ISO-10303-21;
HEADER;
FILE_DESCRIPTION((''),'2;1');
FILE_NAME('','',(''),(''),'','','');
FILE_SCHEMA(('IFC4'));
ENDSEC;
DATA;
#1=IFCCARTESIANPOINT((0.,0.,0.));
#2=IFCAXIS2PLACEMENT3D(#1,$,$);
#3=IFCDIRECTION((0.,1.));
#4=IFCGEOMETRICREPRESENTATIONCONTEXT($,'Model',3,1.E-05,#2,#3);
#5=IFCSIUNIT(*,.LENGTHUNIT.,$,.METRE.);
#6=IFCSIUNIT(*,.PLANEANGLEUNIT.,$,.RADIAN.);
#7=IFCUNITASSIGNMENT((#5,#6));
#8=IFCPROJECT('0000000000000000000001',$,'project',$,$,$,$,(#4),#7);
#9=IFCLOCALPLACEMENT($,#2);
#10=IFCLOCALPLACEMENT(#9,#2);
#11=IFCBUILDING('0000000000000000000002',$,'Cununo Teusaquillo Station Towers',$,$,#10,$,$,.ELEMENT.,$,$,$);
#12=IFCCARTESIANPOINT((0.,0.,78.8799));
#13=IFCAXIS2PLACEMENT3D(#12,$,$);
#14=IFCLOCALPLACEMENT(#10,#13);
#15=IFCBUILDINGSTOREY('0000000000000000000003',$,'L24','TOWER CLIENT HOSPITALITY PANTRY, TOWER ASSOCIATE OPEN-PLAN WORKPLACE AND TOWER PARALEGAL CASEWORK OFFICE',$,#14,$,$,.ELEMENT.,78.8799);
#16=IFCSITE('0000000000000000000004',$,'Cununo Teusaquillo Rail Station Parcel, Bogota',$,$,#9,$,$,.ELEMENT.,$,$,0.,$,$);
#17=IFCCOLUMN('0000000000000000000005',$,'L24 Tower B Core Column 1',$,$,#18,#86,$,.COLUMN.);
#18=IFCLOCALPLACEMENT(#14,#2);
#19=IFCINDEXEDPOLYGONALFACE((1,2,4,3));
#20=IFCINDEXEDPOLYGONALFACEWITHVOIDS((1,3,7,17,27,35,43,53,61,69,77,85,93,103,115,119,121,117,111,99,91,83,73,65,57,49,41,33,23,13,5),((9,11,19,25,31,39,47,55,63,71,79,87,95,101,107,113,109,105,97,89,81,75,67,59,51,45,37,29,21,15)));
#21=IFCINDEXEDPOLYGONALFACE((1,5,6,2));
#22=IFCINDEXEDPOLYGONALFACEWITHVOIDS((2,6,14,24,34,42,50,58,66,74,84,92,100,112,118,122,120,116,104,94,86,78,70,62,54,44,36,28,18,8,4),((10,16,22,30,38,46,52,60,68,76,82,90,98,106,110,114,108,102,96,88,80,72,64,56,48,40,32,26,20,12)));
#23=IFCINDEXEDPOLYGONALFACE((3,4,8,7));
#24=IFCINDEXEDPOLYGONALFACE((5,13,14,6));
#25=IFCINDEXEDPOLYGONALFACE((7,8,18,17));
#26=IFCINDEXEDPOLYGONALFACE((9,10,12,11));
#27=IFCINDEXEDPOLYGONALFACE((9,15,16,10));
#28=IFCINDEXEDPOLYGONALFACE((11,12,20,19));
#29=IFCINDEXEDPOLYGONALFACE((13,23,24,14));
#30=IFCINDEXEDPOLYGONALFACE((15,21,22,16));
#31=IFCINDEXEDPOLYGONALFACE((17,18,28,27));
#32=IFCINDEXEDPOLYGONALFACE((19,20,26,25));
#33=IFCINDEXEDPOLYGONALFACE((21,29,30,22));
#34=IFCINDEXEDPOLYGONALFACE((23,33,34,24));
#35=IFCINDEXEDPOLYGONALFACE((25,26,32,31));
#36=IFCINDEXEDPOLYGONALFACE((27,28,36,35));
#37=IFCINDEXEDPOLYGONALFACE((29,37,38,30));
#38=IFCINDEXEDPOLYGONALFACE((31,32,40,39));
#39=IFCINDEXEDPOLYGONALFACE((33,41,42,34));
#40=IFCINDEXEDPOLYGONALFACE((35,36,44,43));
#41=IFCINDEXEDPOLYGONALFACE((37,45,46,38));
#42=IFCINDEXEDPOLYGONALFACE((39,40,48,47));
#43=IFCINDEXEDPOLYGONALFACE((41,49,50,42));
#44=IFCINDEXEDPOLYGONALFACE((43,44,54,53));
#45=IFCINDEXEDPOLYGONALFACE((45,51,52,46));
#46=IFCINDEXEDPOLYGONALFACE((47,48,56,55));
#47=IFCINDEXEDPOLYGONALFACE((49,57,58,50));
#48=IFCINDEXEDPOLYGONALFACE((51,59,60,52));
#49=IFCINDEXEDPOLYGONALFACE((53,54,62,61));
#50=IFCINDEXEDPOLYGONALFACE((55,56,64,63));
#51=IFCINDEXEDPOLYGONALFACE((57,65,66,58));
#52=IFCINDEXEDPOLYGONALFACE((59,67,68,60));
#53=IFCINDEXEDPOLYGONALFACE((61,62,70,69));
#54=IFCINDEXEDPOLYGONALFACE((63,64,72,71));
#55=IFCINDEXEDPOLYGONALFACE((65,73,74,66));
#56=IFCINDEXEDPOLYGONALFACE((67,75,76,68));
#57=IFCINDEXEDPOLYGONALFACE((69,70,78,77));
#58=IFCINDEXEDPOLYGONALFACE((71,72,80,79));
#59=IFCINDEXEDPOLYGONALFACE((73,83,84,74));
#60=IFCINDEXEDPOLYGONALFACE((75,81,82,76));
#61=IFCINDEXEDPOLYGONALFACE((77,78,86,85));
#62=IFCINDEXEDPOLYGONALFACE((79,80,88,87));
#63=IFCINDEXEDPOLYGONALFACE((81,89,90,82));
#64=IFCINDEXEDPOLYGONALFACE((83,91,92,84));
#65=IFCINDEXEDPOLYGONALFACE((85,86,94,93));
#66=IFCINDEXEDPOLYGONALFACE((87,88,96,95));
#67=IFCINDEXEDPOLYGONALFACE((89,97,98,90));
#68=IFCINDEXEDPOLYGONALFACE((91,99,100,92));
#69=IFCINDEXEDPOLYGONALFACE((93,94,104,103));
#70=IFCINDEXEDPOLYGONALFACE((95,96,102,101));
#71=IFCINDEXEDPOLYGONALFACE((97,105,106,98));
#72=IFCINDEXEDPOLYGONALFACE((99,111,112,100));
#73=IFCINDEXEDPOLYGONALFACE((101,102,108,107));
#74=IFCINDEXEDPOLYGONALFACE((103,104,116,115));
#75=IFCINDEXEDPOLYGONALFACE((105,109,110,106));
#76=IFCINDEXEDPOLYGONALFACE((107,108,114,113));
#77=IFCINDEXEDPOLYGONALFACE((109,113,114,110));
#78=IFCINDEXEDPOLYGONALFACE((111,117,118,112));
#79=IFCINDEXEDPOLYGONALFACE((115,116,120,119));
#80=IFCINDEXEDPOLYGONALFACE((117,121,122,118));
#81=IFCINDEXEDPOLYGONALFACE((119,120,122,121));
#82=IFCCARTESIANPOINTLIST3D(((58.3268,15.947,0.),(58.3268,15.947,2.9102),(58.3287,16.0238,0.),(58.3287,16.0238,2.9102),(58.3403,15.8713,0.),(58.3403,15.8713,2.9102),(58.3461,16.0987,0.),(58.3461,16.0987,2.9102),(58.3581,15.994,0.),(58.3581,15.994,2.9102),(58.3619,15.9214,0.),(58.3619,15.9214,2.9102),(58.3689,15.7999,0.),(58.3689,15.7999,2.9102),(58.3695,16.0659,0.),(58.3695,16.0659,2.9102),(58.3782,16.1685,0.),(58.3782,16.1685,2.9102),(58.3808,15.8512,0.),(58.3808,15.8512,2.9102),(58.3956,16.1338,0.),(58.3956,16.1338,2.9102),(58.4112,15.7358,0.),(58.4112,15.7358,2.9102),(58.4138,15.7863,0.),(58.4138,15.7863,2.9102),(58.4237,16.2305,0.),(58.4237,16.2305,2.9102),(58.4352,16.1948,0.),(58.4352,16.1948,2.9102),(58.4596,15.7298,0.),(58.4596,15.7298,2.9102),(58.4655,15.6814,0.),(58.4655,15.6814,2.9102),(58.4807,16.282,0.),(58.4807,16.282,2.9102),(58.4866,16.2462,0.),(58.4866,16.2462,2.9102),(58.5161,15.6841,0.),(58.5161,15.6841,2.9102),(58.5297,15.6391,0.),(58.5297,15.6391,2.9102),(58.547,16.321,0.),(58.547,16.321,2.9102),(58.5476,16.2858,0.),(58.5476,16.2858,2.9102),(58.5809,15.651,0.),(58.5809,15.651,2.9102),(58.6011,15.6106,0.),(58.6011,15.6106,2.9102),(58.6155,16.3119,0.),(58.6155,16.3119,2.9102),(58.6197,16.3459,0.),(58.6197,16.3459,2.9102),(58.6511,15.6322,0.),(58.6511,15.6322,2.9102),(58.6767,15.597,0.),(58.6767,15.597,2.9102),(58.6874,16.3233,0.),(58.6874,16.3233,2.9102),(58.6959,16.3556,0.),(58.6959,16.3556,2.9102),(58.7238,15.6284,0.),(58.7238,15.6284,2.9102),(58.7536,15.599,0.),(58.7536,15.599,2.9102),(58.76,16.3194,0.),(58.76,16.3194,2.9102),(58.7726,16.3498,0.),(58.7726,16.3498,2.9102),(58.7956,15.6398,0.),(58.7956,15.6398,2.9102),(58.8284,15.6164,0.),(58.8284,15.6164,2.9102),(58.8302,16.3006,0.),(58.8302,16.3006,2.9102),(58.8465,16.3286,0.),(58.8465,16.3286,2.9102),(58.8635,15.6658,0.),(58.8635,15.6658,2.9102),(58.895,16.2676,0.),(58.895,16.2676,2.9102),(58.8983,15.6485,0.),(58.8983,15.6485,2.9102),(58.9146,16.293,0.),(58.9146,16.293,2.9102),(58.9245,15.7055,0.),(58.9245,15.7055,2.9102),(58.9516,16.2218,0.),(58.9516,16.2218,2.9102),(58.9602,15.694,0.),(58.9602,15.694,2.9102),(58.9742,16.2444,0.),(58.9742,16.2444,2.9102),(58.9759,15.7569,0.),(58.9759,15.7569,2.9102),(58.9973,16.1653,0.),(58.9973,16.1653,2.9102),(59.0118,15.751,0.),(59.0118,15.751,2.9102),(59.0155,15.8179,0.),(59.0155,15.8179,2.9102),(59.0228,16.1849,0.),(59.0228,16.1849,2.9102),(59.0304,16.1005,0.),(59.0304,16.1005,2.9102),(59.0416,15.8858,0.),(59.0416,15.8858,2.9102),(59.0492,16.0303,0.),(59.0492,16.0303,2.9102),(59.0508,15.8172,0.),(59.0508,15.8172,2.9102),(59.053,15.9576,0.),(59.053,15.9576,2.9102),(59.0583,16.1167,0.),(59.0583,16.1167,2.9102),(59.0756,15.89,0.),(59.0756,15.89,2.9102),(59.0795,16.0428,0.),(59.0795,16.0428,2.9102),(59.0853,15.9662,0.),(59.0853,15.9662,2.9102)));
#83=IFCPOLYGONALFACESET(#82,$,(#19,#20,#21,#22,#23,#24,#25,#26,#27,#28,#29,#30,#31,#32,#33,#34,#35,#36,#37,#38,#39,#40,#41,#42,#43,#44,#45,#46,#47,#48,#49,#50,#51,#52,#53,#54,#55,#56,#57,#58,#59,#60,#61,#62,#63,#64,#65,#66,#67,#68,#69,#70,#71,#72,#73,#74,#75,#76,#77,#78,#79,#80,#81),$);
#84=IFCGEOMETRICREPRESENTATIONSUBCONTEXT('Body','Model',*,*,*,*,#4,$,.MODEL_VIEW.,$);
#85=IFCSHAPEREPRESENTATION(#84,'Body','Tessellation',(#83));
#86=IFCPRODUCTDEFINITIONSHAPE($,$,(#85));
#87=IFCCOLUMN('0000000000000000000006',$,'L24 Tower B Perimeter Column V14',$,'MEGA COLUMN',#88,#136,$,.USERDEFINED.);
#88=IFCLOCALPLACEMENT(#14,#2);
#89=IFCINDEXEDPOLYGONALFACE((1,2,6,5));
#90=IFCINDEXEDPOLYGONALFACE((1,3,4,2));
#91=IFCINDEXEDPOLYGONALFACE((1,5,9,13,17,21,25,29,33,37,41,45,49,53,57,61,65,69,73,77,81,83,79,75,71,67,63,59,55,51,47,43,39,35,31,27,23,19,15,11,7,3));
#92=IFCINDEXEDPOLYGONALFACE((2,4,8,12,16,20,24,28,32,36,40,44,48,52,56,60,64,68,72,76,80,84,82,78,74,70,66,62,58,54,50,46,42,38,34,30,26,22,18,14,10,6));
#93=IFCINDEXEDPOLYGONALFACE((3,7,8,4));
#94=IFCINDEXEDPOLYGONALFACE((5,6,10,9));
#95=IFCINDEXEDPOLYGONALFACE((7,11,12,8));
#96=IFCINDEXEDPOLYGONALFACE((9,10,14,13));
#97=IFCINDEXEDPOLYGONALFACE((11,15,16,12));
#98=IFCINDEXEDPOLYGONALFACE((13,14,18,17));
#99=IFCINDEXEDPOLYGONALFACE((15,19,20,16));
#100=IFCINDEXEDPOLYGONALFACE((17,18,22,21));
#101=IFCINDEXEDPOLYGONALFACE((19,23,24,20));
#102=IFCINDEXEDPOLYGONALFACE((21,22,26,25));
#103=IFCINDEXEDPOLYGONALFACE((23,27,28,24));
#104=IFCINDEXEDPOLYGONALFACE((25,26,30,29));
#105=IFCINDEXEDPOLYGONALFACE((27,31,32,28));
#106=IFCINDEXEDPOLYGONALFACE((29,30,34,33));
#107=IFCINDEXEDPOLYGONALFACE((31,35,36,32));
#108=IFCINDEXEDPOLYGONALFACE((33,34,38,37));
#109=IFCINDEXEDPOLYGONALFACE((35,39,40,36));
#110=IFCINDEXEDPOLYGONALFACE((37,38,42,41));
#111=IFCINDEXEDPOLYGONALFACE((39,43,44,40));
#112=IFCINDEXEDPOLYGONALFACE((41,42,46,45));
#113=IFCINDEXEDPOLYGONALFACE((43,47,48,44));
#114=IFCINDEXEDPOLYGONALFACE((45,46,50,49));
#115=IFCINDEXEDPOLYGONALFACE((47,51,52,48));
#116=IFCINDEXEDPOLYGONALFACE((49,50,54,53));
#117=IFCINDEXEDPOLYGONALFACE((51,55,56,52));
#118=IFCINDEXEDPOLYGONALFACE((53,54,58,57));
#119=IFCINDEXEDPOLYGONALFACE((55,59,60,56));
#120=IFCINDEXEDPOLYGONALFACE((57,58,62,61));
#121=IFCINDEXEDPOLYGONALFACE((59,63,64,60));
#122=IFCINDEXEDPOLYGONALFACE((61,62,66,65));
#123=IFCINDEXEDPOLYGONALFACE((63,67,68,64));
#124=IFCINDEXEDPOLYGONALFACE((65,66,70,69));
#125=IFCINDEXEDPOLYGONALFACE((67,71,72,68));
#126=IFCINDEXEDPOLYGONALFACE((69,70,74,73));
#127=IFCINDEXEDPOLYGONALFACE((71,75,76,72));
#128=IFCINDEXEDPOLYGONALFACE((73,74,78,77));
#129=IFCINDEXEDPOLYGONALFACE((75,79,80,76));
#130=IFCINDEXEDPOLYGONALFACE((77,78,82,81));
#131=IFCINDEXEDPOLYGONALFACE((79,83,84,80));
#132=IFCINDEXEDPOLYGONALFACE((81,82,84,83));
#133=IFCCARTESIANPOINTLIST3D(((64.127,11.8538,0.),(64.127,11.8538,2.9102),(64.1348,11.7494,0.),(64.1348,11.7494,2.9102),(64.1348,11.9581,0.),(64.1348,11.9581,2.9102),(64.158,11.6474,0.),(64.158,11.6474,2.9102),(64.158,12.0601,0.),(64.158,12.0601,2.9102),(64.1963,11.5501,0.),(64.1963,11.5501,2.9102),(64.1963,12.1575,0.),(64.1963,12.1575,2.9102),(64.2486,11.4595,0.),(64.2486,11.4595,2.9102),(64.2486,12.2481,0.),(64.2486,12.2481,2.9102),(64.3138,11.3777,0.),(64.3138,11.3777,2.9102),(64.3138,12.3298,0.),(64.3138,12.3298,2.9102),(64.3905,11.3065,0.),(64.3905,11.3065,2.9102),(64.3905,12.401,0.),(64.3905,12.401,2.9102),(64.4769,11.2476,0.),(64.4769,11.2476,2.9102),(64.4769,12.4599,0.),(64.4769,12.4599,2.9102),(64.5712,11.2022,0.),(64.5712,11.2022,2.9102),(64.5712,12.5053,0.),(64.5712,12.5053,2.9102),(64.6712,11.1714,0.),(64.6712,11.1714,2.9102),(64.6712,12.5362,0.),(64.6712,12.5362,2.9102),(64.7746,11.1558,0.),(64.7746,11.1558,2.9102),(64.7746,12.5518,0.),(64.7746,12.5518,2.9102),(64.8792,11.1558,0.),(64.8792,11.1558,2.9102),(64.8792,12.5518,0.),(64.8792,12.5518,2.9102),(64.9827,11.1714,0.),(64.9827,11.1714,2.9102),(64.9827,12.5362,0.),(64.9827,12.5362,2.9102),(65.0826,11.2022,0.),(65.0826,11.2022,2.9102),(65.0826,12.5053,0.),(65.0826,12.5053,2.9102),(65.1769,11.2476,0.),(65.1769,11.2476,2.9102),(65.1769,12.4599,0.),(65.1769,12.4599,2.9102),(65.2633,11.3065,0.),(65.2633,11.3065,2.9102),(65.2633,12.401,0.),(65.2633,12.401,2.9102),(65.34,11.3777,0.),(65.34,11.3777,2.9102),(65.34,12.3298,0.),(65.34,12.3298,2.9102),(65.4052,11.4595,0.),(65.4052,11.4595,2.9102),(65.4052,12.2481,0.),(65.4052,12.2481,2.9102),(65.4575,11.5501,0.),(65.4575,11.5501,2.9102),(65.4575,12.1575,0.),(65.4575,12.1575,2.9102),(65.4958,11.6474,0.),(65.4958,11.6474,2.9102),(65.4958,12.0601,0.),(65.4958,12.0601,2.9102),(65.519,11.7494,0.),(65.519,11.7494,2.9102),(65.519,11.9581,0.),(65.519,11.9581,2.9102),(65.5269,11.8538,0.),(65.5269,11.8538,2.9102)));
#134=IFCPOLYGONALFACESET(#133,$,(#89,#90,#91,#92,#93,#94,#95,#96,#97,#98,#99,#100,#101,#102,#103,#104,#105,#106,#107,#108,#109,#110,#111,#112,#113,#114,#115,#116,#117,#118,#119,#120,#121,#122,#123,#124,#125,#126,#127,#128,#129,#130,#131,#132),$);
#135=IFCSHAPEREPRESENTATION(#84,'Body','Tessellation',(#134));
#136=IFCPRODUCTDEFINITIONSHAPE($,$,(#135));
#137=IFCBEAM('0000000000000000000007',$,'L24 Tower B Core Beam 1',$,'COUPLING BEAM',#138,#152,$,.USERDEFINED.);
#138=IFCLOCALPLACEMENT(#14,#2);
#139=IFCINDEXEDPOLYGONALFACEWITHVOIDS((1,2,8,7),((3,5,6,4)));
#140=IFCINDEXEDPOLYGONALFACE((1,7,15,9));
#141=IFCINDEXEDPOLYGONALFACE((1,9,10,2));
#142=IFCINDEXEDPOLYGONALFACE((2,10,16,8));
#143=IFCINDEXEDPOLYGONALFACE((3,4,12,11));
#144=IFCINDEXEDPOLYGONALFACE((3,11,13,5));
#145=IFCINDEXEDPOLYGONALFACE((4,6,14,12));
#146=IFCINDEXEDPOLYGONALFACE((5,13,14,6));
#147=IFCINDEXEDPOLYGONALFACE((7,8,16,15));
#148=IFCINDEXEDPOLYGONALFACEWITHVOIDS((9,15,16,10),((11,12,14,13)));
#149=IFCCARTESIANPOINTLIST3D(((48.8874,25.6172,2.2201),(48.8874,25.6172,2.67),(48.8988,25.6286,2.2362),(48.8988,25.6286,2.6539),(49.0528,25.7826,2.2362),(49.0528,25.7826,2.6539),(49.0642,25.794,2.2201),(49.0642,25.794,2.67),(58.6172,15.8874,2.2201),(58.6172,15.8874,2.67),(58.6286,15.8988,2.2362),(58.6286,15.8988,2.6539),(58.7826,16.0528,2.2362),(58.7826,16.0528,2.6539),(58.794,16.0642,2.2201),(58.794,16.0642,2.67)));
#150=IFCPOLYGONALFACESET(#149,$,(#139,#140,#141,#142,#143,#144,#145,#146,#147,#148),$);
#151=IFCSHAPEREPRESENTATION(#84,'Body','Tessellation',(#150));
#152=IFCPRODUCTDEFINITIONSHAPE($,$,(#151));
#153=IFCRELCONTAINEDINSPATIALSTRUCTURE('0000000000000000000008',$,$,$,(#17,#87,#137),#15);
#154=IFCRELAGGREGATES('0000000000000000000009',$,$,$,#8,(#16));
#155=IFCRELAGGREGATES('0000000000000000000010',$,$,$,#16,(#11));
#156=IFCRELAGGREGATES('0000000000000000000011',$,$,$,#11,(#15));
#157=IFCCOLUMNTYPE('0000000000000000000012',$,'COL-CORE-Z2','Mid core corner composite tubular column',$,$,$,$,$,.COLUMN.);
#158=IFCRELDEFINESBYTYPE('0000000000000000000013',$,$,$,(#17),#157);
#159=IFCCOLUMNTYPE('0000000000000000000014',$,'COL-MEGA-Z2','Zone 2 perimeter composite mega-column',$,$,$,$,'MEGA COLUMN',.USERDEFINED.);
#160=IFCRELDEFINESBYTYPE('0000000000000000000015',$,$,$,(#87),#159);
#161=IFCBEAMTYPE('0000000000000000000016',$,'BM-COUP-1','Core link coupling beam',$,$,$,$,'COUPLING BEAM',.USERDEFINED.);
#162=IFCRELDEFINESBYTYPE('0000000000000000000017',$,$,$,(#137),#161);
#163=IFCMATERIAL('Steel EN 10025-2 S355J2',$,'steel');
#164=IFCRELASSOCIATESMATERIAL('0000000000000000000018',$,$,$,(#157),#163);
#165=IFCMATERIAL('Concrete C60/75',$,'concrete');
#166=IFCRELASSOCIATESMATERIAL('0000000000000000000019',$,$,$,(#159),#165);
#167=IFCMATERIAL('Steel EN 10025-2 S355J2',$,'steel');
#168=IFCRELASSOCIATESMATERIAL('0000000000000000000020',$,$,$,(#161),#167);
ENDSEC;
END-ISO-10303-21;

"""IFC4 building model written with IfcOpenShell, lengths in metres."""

from ifc_helpers import new_model, si_unit, direction, frame, origin, origin_2d, place, context, subcontext, project, spatial, hollow_rectangle, circle, hollow_circle, extrude, material, material_profile, profile_set, type_object, element, save


model = new_model("IFC4")

# Units and contexts
model_context = context("Model", 3, precision=1e-05, world=origin(), true_north=direction((0.0, 1.0)))
body_context = subcontext(model_context, "Body", "Model", "MODEL_VIEW")
ifc_project = project(units=[si_unit("LENGTHUNIT", "METRE"), si_unit("PLANEANGLEUNIT", "RADIAN")], contexts=[model_context])

# Site, building, storey
site_placement = place(None, origin())
site = spatial("IfcSite", under=ifc_project, at=site_placement, Name="Cununo Teusaquillo Rail Station Parcel, Bogota", CompositionType="ELEMENT", RefElevation=0.0)
building_placement = place(site_placement, origin())
building = spatial("IfcBuilding", under=site, at=building_placement, Name="Cununo Teusaquillo Station Towers", CompositionType="ELEMENT")
storey_placement = place(building_placement, frame((0.0, 0.0, 78.8799)))
storey = spatial("IfcBuildingStorey", under=building, at=storey_placement, Name="L24", Description="TOWER CLIENT HOSPITALITY PANTRY, TOWER ASSOCIATE OPEN-PLAN WORKPLACE AND TOWER PARALEGAL CASEWORK OFFICE", CompositionType="ELEMENT", Elevation=78.8799)

# Columns
ifc_material_1 = material(Name="Steel EN 10025-2 S355J2", Category="steel")
ifc_material_profile_1 = material_profile(ifc_material_1, hollow_circle(Radius=0.3799, WallThickness=0.032, at=origin_2d()), Name="CHS 760x32")
ifc_profile_set_1 = profile_set([ifc_material_profile_1], Name="Steel EN 10025-2 S355J2")
column_type_1 = type_object("IfcColumnType", Name="COL-CORE-Z2", Description="Mid core corner composite tubular column", PredefinedType="COLUMN", material=ifc_profile_set_1)
column_1_placement = place(storey_placement, frame((58.7056, 15.9758, 0.0), z_axis=(0.0, 0.0, 1.0), x_axis=(0.707107, 0.707107, 0.0)))
element("IfcColumn", 1, at=column_1_placement, inside=storey, type_object=column_type_1, Name="L24 Tower B Core Column 1", PredefinedType="COLUMN", context=body_context, shape_type="SweptSolid", body=[
    extrude(hollow_circle(Radius=0.3799, WallThickness=0.032, at=origin_2d()), origin(), (0.0, 0.0, 1.0), 2.9102),
])
ifc_material_2 = material(Name="Concrete C60/75", Category="concrete")
ifc_material_profile_2 = material_profile(ifc_material_2, circle(Radius=0.7, at=origin_2d()), Name="RC-CIRC-1400")
ifc_profile_set_2 = profile_set([ifc_material_profile_2], Name="Concrete C60/75")
column_type_2 = type_object("IfcColumnType", Name="COL-MEGA-Z2", Description="Zone 2 perimeter composite mega-column", ElementType="MEGA COLUMN", PredefinedType="USERDEFINED", material=ifc_profile_set_2)
column_2_placement = place(storey_placement, frame((64.8269, 11.8538, 0.0), z_axis=(0.0, 0.0, 1.0), x_axis=(1.0, 0.0, 0.0)))
element("IfcColumn", 2, at=column_2_placement, inside=storey, type_object=column_type_2, Name="L24 Tower B Perimeter Column V14", ObjectType="MEGA COLUMN", PredefinedType="USERDEFINED", context=body_context, shape_type="SweptSolid", body=[
    extrude(circle(Radius=0.7, at=origin_2d()), origin(), (0.0, 0.0, 1.0), 2.9102),
])

# Beam
ifc_material_3 = material(Name="Steel EN 10025-2 S355J2", Category="steel")
ifc_material_profile_3 = material_profile(ifc_material_3, hollow_rectangle(XDim=0.25, YDim=0.45, WallThickness=0.0161, at=origin_2d()), Name="RHS 450x250x16")
ifc_profile_set_3 = profile_set([ifc_material_profile_3], Name="Steel EN 10025-2 S355J2")
beam_type_1 = type_object("IfcBeamType", Name="BM-COUP-1", Description="Core link coupling beam", ElementType="COUPLING BEAM", PredefinedType="USERDEFINED", material=ifc_profile_set_3)
beam_1_placement = place(storey_placement, frame((58.7056, 15.9758, 2.4451), z_axis=(-0.707107, 0.707107, 0.0), x_axis=(-0.707107, -0.707107, 0.0)))
element("IfcBeam", 3, at=beam_1_placement, inside=storey, type_object=beam_type_1, Name="L24 Tower B Core Beam 1", ObjectType="COUPLING BEAM", PredefinedType="USERDEFINED", context=body_context, shape_type="SweptSolid", body=[
    extrude(hollow_rectangle(XDim=0.25, YDim=0.45, WallThickness=0.0161, at=origin_2d()), origin(), (0.0, 0.0, 1.0), 13.76),
])

save(model, "model.ifc")
